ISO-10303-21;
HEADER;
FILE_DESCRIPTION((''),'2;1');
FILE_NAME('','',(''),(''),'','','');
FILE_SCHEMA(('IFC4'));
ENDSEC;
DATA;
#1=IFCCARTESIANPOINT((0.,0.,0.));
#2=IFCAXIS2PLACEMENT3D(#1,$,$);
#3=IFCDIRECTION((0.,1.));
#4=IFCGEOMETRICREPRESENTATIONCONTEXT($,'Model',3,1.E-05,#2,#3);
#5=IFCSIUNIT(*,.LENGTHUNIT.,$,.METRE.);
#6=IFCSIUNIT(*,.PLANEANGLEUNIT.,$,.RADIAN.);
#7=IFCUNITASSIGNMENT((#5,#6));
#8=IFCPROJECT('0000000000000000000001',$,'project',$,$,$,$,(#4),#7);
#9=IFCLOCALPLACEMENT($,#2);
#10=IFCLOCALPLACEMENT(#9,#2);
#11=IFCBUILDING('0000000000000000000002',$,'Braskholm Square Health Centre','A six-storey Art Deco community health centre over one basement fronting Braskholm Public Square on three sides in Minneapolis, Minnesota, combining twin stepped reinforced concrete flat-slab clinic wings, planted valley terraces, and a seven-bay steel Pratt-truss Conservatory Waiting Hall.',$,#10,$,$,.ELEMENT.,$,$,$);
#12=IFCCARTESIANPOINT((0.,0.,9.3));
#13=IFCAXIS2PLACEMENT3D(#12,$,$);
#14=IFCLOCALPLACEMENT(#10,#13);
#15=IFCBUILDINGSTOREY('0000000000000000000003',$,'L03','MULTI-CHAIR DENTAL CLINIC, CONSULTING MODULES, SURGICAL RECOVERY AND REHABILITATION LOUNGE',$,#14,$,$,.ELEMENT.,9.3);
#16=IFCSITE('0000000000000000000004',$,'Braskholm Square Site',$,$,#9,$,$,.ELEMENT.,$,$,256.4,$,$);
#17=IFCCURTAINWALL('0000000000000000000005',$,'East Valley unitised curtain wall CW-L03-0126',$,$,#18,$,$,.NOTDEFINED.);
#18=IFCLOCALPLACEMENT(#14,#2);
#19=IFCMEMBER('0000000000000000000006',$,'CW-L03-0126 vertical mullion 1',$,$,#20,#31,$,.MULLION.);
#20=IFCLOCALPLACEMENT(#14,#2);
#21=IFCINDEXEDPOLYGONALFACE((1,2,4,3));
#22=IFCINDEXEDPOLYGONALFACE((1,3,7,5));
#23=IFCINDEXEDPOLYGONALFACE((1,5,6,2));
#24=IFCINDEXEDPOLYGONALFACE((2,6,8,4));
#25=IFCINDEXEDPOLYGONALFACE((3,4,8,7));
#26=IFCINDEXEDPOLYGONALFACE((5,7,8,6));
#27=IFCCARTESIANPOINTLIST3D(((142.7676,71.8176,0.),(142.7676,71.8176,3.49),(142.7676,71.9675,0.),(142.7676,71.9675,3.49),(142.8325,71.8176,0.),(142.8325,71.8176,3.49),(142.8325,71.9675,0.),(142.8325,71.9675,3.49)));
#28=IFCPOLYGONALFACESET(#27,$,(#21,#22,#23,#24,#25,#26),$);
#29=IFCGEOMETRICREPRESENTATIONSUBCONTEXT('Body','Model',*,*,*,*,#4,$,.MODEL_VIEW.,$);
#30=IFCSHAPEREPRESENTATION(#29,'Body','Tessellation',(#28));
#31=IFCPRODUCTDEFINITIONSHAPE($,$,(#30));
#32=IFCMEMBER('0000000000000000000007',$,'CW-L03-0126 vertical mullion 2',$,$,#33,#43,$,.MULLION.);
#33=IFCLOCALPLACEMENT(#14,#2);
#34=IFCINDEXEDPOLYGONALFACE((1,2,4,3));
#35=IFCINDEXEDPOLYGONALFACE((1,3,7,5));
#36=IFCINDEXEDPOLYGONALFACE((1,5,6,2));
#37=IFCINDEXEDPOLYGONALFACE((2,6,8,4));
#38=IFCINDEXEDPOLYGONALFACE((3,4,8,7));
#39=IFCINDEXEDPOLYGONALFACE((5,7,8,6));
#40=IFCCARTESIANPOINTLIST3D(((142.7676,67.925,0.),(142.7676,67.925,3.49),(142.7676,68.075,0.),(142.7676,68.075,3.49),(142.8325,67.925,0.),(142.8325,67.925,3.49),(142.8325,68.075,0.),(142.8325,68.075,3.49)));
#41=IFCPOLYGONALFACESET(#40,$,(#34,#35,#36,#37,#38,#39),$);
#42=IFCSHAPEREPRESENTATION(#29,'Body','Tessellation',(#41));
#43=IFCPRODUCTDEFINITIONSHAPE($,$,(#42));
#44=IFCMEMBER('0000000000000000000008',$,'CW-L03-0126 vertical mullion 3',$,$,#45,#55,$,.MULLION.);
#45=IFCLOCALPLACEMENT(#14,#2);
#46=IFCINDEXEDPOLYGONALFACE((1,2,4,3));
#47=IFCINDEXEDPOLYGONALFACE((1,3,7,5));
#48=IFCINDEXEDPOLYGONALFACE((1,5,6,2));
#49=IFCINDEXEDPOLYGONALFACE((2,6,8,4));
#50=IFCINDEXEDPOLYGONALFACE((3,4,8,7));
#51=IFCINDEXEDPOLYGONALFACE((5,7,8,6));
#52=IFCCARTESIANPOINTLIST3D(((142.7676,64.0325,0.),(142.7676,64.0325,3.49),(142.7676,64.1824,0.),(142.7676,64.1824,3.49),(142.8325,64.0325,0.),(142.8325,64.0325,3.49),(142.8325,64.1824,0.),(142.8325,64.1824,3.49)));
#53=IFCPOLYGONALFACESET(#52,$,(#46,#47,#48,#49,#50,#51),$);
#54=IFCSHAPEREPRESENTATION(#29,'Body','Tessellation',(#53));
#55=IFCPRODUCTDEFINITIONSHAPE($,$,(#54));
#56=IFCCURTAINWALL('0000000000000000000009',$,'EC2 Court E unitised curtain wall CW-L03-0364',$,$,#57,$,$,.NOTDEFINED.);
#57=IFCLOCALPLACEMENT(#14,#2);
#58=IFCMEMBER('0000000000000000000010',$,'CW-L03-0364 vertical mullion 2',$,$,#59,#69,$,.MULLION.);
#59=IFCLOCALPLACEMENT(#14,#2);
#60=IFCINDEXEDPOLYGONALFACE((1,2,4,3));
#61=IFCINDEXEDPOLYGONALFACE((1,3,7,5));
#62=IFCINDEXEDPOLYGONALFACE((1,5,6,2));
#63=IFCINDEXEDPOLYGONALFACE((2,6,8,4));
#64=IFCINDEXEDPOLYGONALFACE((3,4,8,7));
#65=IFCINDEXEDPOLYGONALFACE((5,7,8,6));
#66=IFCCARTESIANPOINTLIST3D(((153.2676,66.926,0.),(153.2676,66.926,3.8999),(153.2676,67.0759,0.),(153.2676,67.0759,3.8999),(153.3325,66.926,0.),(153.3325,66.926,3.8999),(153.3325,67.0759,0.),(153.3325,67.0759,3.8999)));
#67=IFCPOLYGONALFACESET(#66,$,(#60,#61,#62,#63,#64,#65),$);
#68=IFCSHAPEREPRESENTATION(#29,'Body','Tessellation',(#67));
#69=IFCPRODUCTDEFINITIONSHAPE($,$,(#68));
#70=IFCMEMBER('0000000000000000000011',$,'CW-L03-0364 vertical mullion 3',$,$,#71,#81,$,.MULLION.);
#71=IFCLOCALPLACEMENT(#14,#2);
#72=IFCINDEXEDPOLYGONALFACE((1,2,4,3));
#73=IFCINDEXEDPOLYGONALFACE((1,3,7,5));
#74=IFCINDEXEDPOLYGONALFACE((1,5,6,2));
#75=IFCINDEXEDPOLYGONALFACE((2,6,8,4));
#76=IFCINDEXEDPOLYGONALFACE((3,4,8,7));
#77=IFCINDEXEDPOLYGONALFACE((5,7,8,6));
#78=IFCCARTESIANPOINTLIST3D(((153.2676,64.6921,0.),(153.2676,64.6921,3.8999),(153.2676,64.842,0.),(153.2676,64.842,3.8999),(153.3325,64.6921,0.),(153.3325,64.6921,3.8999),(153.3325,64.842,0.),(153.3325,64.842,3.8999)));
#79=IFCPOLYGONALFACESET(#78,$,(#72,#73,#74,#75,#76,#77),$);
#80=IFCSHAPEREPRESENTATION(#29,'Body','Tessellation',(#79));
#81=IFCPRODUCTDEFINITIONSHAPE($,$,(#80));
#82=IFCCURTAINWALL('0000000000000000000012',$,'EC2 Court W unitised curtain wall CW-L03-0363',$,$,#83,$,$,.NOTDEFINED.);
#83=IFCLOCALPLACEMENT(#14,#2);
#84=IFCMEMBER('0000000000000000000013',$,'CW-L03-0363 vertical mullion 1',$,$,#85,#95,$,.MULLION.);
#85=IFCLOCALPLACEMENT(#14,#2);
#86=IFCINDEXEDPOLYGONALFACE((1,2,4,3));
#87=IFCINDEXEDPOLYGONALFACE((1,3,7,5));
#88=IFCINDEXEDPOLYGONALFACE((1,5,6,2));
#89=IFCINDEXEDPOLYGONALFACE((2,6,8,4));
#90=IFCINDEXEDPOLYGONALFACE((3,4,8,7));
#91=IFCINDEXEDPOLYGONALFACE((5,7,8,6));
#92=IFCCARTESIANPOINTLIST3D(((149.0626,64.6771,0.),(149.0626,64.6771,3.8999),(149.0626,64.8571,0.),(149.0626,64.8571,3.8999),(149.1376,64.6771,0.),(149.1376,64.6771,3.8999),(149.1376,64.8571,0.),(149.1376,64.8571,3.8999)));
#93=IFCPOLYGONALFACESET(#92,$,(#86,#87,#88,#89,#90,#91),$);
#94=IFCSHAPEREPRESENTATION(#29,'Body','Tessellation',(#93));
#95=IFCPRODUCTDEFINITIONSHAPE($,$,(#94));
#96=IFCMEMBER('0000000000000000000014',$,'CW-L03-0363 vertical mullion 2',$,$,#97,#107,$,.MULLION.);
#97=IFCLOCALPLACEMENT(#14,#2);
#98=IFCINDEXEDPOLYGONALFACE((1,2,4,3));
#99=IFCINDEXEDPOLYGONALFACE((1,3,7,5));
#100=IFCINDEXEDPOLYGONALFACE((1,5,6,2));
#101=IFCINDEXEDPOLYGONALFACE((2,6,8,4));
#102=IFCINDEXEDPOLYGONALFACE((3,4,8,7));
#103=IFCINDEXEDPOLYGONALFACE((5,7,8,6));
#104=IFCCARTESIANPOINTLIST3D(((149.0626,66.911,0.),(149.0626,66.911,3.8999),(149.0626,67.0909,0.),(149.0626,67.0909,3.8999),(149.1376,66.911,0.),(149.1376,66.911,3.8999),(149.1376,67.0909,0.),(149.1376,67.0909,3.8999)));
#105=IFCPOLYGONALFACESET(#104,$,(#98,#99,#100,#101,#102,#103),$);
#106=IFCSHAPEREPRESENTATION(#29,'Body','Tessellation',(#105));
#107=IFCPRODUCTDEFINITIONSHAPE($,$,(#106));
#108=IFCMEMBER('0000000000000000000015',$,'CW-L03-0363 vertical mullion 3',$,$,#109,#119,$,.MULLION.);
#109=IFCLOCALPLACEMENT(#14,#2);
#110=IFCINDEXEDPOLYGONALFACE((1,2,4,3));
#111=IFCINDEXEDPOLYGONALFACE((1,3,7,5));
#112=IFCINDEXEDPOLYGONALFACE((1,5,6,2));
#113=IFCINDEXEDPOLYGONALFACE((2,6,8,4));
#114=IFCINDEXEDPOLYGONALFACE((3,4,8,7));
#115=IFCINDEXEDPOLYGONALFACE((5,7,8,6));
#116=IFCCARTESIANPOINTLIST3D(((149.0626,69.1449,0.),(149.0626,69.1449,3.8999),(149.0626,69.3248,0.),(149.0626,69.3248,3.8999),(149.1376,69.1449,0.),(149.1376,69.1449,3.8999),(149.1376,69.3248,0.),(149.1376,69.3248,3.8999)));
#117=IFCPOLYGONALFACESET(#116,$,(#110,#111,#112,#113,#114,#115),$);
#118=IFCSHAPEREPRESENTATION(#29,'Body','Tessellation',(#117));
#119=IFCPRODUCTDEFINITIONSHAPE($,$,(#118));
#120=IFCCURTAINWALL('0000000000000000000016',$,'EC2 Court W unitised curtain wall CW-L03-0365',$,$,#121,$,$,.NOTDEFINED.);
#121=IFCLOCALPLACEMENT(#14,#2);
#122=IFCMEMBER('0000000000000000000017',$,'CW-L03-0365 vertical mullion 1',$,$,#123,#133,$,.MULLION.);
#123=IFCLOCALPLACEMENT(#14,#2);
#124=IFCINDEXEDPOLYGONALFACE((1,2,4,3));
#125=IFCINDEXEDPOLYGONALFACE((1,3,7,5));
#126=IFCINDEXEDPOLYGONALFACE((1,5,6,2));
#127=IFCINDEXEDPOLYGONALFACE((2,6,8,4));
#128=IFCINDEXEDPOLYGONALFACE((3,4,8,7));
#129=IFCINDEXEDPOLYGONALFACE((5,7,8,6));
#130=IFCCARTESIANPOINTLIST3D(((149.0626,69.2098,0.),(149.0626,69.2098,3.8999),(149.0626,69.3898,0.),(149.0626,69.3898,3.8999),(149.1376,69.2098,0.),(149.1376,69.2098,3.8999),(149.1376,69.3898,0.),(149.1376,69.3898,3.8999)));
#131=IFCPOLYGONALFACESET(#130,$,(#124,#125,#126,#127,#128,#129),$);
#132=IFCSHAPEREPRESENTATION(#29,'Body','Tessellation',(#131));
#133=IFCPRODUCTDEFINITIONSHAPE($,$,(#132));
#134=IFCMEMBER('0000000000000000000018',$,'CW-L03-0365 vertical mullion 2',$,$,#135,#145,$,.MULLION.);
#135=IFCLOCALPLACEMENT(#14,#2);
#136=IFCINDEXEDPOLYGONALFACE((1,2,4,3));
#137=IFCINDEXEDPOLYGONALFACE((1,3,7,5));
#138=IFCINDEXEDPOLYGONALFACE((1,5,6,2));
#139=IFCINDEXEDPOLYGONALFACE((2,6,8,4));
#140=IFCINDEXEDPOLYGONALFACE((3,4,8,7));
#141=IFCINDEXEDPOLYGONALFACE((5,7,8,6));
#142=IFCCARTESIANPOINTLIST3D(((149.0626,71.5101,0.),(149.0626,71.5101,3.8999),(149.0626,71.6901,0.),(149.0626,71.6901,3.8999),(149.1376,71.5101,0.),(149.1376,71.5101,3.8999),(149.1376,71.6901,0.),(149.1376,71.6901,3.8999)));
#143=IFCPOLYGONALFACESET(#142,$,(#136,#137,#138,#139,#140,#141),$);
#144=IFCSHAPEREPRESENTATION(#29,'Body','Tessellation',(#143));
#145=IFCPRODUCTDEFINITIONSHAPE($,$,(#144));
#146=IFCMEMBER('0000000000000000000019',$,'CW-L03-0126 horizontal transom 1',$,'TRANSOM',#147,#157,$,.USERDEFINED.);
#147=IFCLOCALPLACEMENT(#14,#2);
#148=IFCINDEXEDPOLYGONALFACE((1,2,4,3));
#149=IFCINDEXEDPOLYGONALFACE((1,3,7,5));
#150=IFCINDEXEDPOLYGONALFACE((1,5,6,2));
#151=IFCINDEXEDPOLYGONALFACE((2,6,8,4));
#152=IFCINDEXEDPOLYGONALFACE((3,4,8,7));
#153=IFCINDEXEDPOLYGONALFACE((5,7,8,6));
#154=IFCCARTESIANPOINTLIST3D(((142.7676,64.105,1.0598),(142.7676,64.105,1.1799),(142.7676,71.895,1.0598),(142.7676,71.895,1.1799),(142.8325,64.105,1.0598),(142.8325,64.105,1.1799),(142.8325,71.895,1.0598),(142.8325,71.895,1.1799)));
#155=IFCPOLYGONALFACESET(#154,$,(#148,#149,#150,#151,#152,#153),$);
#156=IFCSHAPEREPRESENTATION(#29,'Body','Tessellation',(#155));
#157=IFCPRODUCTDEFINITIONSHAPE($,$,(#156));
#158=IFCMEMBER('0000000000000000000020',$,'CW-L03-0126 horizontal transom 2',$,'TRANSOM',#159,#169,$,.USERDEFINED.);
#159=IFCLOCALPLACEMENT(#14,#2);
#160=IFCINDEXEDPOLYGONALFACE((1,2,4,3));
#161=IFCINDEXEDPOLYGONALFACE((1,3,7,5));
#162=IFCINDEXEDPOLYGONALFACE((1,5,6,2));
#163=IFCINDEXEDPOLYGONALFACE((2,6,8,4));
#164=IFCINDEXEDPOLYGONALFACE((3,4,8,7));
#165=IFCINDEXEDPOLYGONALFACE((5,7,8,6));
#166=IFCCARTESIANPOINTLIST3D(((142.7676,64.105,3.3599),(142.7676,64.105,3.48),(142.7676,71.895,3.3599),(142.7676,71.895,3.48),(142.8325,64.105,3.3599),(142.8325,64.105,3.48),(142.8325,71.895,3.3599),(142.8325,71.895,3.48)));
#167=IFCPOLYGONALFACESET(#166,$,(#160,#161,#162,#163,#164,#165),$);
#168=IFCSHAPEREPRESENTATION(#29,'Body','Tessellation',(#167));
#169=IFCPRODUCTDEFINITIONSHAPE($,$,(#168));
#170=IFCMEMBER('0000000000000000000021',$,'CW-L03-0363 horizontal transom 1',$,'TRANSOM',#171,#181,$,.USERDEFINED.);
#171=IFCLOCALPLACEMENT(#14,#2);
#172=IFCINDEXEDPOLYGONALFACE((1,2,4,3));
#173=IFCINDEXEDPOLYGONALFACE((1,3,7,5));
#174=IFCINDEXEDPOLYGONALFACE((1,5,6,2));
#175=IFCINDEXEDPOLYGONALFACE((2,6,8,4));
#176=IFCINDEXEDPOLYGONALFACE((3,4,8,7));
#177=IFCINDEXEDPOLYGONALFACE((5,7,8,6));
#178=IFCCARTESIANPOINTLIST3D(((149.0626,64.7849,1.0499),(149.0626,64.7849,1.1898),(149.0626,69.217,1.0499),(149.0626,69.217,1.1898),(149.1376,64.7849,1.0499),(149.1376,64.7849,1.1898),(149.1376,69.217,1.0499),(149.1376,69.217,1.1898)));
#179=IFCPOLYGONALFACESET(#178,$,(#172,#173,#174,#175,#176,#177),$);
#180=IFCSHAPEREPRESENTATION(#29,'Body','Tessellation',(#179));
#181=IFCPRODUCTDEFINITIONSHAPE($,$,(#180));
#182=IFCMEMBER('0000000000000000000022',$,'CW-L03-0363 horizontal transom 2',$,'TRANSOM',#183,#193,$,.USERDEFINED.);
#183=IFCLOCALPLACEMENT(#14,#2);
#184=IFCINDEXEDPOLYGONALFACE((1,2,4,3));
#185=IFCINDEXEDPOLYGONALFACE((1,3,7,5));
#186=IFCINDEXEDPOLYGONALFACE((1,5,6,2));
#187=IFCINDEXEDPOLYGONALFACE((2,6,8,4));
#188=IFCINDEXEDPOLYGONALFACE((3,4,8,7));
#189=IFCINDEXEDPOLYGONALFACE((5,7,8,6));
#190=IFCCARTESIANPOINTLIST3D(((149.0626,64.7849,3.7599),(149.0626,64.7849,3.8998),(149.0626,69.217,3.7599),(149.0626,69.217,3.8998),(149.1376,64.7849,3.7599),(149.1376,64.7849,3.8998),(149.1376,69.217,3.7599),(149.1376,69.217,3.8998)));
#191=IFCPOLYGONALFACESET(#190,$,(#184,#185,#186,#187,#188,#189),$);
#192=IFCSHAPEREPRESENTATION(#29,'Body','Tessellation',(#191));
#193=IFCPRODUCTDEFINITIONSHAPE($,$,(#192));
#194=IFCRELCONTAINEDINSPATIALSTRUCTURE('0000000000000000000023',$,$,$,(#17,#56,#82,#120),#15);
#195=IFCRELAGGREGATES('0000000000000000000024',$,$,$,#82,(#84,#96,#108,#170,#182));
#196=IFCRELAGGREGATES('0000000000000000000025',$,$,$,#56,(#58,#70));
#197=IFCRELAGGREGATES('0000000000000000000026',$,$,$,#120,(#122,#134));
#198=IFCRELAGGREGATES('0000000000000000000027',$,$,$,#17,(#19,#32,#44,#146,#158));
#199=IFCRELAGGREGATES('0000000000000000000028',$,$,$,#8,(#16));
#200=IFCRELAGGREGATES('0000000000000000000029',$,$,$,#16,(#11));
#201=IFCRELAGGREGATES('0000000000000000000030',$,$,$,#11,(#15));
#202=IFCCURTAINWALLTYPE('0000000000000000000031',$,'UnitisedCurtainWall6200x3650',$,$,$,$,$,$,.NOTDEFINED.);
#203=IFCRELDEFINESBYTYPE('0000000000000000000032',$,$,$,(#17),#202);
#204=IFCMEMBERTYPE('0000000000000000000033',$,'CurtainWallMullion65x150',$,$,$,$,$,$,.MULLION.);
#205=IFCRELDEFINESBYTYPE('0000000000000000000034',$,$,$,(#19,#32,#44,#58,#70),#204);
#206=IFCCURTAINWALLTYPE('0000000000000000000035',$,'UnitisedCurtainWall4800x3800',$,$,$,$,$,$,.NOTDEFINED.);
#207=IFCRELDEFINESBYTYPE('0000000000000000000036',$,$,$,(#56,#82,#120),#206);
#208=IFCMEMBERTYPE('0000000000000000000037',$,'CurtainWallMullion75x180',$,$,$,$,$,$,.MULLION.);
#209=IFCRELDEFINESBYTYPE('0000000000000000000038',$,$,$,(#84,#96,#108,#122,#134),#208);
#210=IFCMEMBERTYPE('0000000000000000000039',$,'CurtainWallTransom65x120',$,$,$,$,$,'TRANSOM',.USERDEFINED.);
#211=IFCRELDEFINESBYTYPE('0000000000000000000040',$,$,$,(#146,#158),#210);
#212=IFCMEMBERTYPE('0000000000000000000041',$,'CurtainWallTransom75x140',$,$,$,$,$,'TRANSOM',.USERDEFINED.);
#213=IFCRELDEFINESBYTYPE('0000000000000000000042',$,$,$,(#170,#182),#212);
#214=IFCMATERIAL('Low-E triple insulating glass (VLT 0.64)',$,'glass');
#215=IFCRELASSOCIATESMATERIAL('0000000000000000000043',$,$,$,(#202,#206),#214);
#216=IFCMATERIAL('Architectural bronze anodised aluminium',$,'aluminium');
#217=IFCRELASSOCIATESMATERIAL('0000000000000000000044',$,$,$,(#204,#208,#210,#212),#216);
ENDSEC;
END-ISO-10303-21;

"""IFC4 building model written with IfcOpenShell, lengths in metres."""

from ifc_helpers import new_model, si_unit, direction, frame, origin, origin_2d, place, context, subcontext, project, spatial, rectangle, extrude, material, material_profile, profile_set, type_object, element, aggregate, save


model = new_model("IFC4")

# Units and contexts
model_context = context("Model", 3, precision=1e-05, world=origin(), true_north=direction((0.0, 1.0)))
body_context = subcontext(model_context, "Body", "Model", "MODEL_VIEW")
ifc_project = project(units=[si_unit("LENGTHUNIT", "METRE"), si_unit("PLANEANGLEUNIT", "RADIAN")], contexts=[model_context])

# Site, building, storey
site_placement = place(None, origin())
site = spatial("IfcSite", under=ifc_project, at=site_placement, Name="Braskholm Square Site", CompositionType="ELEMENT", RefElevation=256.4)
building_placement = place(site_placement, origin())
building = spatial("IfcBuilding", under=site, at=building_placement, Name="Braskholm Square Health Centre", Description="A six-storey Art Deco community health centre over one basement fronting Braskholm Public Square on three sides in Minneapolis, Minnesota, combining twin stepped reinforced concrete flat-slab clinic wings, planted valley terraces, and a seven-bay steel Pratt-truss Conservatory Waiting Hall.", CompositionType="ELEMENT")
storey_placement = place(building_placement, frame((0.0, 0.0, 9.3)))
storey = spatial("IfcBuildingStorey", under=building, at=storey_placement, Name="L03", Description="MULTI-CHAIR DENTAL CLINIC, CONSULTING MODULES, SURGICAL RECOVERY AND REHABILITATION LOUNGE", CompositionType="ELEMENT", Elevation=9.3)

# Curtain walls, members
ifc_material_1 = material(Name="Low-E triple insulating glass (VLT 0.64)", Category="glass")
curtain_wall_type_1 = type_object("IfcCurtainWallType", Name="UnitisedCurtainWall6200x3650", PredefinedType="NOTDEFINED", material=ifc_material_1)
curtain_wall_1_placement = place(storey_placement, origin())
curtain_wall_1 = element("IfcCurtainWall", 1, at=curtain_wall_1_placement, inside=storey, type_object=curtain_wall_type_1, Name="East Valley unitised curtain wall CW-L03-0126", PredefinedType="NOTDEFINED")
ifc_material_2 = material(Name="Architectural bronze anodised aluminium", Category="aluminium")
ifc_material_profile_1 = material_profile(ifc_material_2, rectangle(XDim=0.0649, YDim=0.1499, at=origin_2d()), Name="ALU-65X150")
ifc_profile_set_1 = profile_set([ifc_material_profile_1], Name="Architectural bronze anodised aluminium")
member_type_1 = type_object("IfcMemberType", Name="CurtainWallMullion65x150", PredefinedType="MULLION", material=ifc_profile_set_1)
member_1_placement = place(storey_placement, frame((142.8, 71.8926, 0.0), z_axis=(0.0, 0.0, 1.0), x_axis=(1.0, 0.0, 0.0)))
member_1 = element("IfcMember", 2, at=member_1_placement, type_object=member_type_1, Name="CW-L03-0126 vertical mullion 1", PredefinedType="MULLION", context=body_context, shape_type="SweptSolid", body=[
    extrude(rectangle(XDim=0.0649, YDim=0.1499, at=origin_2d()), origin(), (0.0, 0.0, 1.0), 3.49),
])
member_2_placement = place(storey_placement, frame((142.8, 68.0, 0.0), z_axis=(0.0, 0.0, 1.0), x_axis=(1.0, 0.0, 0.0)))
member_2 = element("IfcMember", 3, at=member_2_placement, type_object=member_type_1, Name="CW-L03-0126 vertical mullion 2", PredefinedType="MULLION", context=body_context, shape_type="SweptSolid", body=[
    extrude(rectangle(XDim=0.0649, YDim=0.1499, at=origin_2d()), origin(), (0.0, 0.0, 1.0), 3.49),
])
member_3_placement = place(storey_placement, frame((142.8, 64.1074, 0.0), z_axis=(0.0, 0.0, 1.0), x_axis=(1.0, 0.0, 0.0)))
member_3 = element("IfcMember", 4, at=member_3_placement, type_object=member_type_1, Name="CW-L03-0126 vertical mullion 3", PredefinedType="MULLION", context=body_context, shape_type="SweptSolid", body=[
    extrude(rectangle(XDim=0.0649, YDim=0.1499, at=origin_2d()), origin(), (0.0, 0.0, 1.0), 3.49),
])
curtain_wall_type_2 = type_object("IfcCurtainWallType", Name="UnitisedCurtainWall4800x3800", PredefinedType="NOTDEFINED", material=ifc_material_1)
curtain_wall_2_placement = place(storey_placement, origin())
curtain_wall_2 = element("IfcCurtainWall", 5, at=curtain_wall_2_placement, inside=storey, type_object=curtain_wall_type_2, Name="EC2 Court E unitised curtain wall CW-L03-0364", PredefinedType="NOTDEFINED")
member_4_placement = place(storey_placement, frame((153.3, 67.001, 0.0), z_axis=(0.0, 0.0, 1.0), x_axis=(1.0, 0.0, 0.0)))
member_4 = element("IfcMember", 6, at=member_4_placement, type_object=member_type_1, Name="CW-L03-0364 vertical mullion 2", PredefinedType="MULLION", context=body_context, shape_type="SweptSolid", body=[
    extrude(rectangle(XDim=0.0649, YDim=0.1499, at=origin_2d()), origin(), (0.0, 0.0, 1.0), 3.8999),
])
member_5_placement = place(storey_placement, frame((153.3, 64.7671, 0.0), z_axis=(0.0, 0.0, 1.0), x_axis=(1.0, 0.0, 0.0)))
member_5 = element("IfcMember", 7, at=member_5_placement, type_object=member_type_1, Name="CW-L03-0364 vertical mullion 3", PredefinedType="MULLION", context=body_context, shape_type="SweptSolid", body=[
    extrude(rectangle(XDim=0.0649, YDim=0.1499, at=origin_2d()), origin(), (0.0, 0.0, 1.0), 3.8999),
])
curtain_wall_3_placement = place(storey_placement, origin())
curtain_wall_3 = element("IfcCurtainWall", 8, at=curtain_wall_3_placement, inside=storey, type_object=curtain_wall_type_2, Name="EC2 Court W unitised curtain wall CW-L03-0363", PredefinedType="NOTDEFINED")
ifc_material_profile_2 = material_profile(ifc_material_2, rectangle(XDim=0.075, YDim=0.1799, at=origin_2d()), Name="ALU-75X180")
ifc_profile_set_2 = profile_set([ifc_material_profile_2], Name="Architectural bronze anodised aluminium")
member_type_2 = type_object("IfcMemberType", Name="CurtainWallMullion75x180", PredefinedType="MULLION", material=ifc_profile_set_2)
member_6_placement = place(storey_placement, frame((149.1001, 64.7671, 0.0), z_axis=(0.0, 0.0, 1.0), x_axis=(1.0, 0.0, 0.0)))
member_6 = element("IfcMember", 9, at=member_6_placement, type_object=member_type_2, Name="CW-L03-0363 vertical mullion 1", PredefinedType="MULLION", context=body_context, shape_type="SweptSolid", body=[
    extrude(rectangle(XDim=0.075, YDim=0.1799, at=origin_2d()), origin(), (0.0, 0.0, 1.0), 3.8999),
])
member_7_placement = place(storey_placement, frame((149.1001, 67.001, 0.0), z_axis=(0.0, 0.0, 1.0), x_axis=(1.0, 0.0, 0.0)))
member_7 = element("IfcMember", 10, at=member_7_placement, type_object=member_type_2, Name="CW-L03-0363 vertical mullion 2", PredefinedType="MULLION", context=body_context, shape_type="SweptSolid", body=[
    extrude(rectangle(XDim=0.075, YDim=0.1799, at=origin_2d()), origin(), (0.0, 0.0, 1.0), 3.8999),
])
member_8_placement = place(storey_placement, frame((149.1001, 69.2349, 0.0), z_axis=(0.0, 0.0, 1.0), x_axis=(1.0, 0.0, 0.0)))
member_8 = element("IfcMember", 11, at=member_8_placement, type_object=member_type_2, Name="CW-L03-0363 vertical mullion 3", PredefinedType="MULLION", context=body_context, shape_type="SweptSolid", body=[
    extrude(rectangle(XDim=0.075, YDim=0.1799, at=origin_2d()), origin(), (0.0, 0.0, 1.0), 3.8999),
])
curtain_wall_4_placement = place(storey_placement, origin())
curtain_wall_4 = element("IfcCurtainWall", 12, at=curtain_wall_4_placement, inside=storey, type_object=curtain_wall_type_2, Name="EC2 Court W unitised curtain wall CW-L03-0365", PredefinedType="NOTDEFINED")
member_9_placement = place(storey_placement, frame((149.1001, 69.2998, 0.0), z_axis=(0.0, 0.0, 1.0), x_axis=(1.0, 0.0, 0.0)))
member_9 = element("IfcMember", 13, at=member_9_placement, type_object=member_type_2, Name="CW-L03-0365 vertical mullion 1", PredefinedType="MULLION", context=body_context, shape_type="SweptSolid", body=[
    extrude(rectangle(XDim=0.075, YDim=0.1799, at=origin_2d()), origin(), (0.0, 0.0, 1.0), 3.8999),
])
member_10_placement = place(storey_placement, frame((149.1001, 71.6001, 0.0), z_axis=(0.0, 0.0, 1.0), x_axis=(1.0, 0.0, 0.0)))
member_10 = element("IfcMember", 14, at=member_10_placement, type_object=member_type_2, Name="CW-L03-0365 vertical mullion 2", PredefinedType="MULLION", context=body_context, shape_type="SweptSolid", body=[
    extrude(rectangle(XDim=0.075, YDim=0.1799, at=origin_2d()), origin(), (0.0, 0.0, 1.0), 3.8999),
])

# Members
ifc_material_profile_3 = material_profile(ifc_material_2, rectangle(XDim=0.0649, YDim=0.1201, at=origin_2d()), Name="ALU-65X120")
ifc_profile_set_3 = profile_set([ifc_material_profile_3], Name="Architectural bronze anodised aluminium")
member_type_3 = type_object("IfcMemberType", Name="CurtainWallTransom65x120", ElementType="TRANSOM", PredefinedType="USERDEFINED", material=ifc_profile_set_3)
member_11_placement = place(storey_placement, frame((142.8, 71.895, 1.1199), z_axis=(0.0, -1.0, 0.0), x_axis=(1.0, 0.0, 0.0)))
member_11 = element("IfcMember", 15, at=member_11_placement, type_object=member_type_3, Name="CW-L03-0126 horizontal transom 1", ObjectType="TRANSOM", PredefinedType="USERDEFINED", context=body_context, shape_type="SweptSolid", body=[
    extrude(rectangle(XDim=0.0649, YDim=0.1201, at=origin_2d()), origin(), (0.0, 0.0, 1.0), 7.79),
])
member_12_placement = place(storey_placement, frame((142.8, 71.895, 3.4199), z_axis=(0.0, -1.0, 0.0), x_axis=(1.0, 0.0, 0.0)))
member_12 = element("IfcMember", 16, at=member_12_placement, type_object=member_type_3, Name="CW-L03-0126 horizontal transom 2", ObjectType="TRANSOM", PredefinedType="USERDEFINED", context=body_context, shape_type="SweptSolid", body=[
    extrude(rectangle(XDim=0.0649, YDim=0.1201, at=origin_2d()), origin(), (0.0, 0.0, 1.0), 7.79),
])
ifc_material_profile_4 = material_profile(ifc_material_2, rectangle(XDim=0.075, YDim=0.1399, at=origin_2d()), Name="ALU-75X140")
ifc_profile_set_4 = profile_set([ifc_material_profile_4], Name="Architectural bronze anodised aluminium")
member_type_4 = type_object("IfcMemberType", Name="CurtainWallTransom75x140", ElementType="TRANSOM", PredefinedType="USERDEFINED", material=ifc_profile_set_4)
member_13_placement = place(storey_placement, frame((149.1001, 64.7849, 1.1199), z_axis=(0.0, 1.0, 0.0), x_axis=(-1.0, 0.0, 0.0)))
member_13 = element("IfcMember", 17, at=member_13_placement, type_object=member_type_4, Name="CW-L03-0363 horizontal transom 1", ObjectType="TRANSOM", PredefinedType="USERDEFINED", context=body_context, shape_type="SweptSolid", body=[
    extrude(rectangle(XDim=0.075, YDim=0.1399, at=origin_2d()), origin(), (0.0, 0.0, 1.0), 4.4321),
])
member_14_placement = place(storey_placement, frame((149.1001, 64.7849, 3.8298), z_axis=(0.0, 1.0, 0.0), x_axis=(-1.0, 0.0, 0.0)))
member_14 = element("IfcMember", 18, at=member_14_placement, type_object=member_type_4, Name="CW-L03-0363 horizontal transom 2", ObjectType="TRANSOM", PredefinedType="USERDEFINED", context=body_context, shape_type="SweptSolid", body=[
    extrude(rectangle(XDim=0.075, YDim=0.1399, at=origin_2d()), origin(), (0.0, 0.0, 1.0), 4.4321),
])

aggregate(curtain_wall_3, [member_6, member_7, member_8, member_13, member_14])
aggregate(curtain_wall_2, [member_4, member_5])
aggregate(curtain_wall_4, [member_9, member_10])
aggregate(curtain_wall_1, [member_1, member_2, member_3, member_11, member_12])

save(model, "model.ifc")
